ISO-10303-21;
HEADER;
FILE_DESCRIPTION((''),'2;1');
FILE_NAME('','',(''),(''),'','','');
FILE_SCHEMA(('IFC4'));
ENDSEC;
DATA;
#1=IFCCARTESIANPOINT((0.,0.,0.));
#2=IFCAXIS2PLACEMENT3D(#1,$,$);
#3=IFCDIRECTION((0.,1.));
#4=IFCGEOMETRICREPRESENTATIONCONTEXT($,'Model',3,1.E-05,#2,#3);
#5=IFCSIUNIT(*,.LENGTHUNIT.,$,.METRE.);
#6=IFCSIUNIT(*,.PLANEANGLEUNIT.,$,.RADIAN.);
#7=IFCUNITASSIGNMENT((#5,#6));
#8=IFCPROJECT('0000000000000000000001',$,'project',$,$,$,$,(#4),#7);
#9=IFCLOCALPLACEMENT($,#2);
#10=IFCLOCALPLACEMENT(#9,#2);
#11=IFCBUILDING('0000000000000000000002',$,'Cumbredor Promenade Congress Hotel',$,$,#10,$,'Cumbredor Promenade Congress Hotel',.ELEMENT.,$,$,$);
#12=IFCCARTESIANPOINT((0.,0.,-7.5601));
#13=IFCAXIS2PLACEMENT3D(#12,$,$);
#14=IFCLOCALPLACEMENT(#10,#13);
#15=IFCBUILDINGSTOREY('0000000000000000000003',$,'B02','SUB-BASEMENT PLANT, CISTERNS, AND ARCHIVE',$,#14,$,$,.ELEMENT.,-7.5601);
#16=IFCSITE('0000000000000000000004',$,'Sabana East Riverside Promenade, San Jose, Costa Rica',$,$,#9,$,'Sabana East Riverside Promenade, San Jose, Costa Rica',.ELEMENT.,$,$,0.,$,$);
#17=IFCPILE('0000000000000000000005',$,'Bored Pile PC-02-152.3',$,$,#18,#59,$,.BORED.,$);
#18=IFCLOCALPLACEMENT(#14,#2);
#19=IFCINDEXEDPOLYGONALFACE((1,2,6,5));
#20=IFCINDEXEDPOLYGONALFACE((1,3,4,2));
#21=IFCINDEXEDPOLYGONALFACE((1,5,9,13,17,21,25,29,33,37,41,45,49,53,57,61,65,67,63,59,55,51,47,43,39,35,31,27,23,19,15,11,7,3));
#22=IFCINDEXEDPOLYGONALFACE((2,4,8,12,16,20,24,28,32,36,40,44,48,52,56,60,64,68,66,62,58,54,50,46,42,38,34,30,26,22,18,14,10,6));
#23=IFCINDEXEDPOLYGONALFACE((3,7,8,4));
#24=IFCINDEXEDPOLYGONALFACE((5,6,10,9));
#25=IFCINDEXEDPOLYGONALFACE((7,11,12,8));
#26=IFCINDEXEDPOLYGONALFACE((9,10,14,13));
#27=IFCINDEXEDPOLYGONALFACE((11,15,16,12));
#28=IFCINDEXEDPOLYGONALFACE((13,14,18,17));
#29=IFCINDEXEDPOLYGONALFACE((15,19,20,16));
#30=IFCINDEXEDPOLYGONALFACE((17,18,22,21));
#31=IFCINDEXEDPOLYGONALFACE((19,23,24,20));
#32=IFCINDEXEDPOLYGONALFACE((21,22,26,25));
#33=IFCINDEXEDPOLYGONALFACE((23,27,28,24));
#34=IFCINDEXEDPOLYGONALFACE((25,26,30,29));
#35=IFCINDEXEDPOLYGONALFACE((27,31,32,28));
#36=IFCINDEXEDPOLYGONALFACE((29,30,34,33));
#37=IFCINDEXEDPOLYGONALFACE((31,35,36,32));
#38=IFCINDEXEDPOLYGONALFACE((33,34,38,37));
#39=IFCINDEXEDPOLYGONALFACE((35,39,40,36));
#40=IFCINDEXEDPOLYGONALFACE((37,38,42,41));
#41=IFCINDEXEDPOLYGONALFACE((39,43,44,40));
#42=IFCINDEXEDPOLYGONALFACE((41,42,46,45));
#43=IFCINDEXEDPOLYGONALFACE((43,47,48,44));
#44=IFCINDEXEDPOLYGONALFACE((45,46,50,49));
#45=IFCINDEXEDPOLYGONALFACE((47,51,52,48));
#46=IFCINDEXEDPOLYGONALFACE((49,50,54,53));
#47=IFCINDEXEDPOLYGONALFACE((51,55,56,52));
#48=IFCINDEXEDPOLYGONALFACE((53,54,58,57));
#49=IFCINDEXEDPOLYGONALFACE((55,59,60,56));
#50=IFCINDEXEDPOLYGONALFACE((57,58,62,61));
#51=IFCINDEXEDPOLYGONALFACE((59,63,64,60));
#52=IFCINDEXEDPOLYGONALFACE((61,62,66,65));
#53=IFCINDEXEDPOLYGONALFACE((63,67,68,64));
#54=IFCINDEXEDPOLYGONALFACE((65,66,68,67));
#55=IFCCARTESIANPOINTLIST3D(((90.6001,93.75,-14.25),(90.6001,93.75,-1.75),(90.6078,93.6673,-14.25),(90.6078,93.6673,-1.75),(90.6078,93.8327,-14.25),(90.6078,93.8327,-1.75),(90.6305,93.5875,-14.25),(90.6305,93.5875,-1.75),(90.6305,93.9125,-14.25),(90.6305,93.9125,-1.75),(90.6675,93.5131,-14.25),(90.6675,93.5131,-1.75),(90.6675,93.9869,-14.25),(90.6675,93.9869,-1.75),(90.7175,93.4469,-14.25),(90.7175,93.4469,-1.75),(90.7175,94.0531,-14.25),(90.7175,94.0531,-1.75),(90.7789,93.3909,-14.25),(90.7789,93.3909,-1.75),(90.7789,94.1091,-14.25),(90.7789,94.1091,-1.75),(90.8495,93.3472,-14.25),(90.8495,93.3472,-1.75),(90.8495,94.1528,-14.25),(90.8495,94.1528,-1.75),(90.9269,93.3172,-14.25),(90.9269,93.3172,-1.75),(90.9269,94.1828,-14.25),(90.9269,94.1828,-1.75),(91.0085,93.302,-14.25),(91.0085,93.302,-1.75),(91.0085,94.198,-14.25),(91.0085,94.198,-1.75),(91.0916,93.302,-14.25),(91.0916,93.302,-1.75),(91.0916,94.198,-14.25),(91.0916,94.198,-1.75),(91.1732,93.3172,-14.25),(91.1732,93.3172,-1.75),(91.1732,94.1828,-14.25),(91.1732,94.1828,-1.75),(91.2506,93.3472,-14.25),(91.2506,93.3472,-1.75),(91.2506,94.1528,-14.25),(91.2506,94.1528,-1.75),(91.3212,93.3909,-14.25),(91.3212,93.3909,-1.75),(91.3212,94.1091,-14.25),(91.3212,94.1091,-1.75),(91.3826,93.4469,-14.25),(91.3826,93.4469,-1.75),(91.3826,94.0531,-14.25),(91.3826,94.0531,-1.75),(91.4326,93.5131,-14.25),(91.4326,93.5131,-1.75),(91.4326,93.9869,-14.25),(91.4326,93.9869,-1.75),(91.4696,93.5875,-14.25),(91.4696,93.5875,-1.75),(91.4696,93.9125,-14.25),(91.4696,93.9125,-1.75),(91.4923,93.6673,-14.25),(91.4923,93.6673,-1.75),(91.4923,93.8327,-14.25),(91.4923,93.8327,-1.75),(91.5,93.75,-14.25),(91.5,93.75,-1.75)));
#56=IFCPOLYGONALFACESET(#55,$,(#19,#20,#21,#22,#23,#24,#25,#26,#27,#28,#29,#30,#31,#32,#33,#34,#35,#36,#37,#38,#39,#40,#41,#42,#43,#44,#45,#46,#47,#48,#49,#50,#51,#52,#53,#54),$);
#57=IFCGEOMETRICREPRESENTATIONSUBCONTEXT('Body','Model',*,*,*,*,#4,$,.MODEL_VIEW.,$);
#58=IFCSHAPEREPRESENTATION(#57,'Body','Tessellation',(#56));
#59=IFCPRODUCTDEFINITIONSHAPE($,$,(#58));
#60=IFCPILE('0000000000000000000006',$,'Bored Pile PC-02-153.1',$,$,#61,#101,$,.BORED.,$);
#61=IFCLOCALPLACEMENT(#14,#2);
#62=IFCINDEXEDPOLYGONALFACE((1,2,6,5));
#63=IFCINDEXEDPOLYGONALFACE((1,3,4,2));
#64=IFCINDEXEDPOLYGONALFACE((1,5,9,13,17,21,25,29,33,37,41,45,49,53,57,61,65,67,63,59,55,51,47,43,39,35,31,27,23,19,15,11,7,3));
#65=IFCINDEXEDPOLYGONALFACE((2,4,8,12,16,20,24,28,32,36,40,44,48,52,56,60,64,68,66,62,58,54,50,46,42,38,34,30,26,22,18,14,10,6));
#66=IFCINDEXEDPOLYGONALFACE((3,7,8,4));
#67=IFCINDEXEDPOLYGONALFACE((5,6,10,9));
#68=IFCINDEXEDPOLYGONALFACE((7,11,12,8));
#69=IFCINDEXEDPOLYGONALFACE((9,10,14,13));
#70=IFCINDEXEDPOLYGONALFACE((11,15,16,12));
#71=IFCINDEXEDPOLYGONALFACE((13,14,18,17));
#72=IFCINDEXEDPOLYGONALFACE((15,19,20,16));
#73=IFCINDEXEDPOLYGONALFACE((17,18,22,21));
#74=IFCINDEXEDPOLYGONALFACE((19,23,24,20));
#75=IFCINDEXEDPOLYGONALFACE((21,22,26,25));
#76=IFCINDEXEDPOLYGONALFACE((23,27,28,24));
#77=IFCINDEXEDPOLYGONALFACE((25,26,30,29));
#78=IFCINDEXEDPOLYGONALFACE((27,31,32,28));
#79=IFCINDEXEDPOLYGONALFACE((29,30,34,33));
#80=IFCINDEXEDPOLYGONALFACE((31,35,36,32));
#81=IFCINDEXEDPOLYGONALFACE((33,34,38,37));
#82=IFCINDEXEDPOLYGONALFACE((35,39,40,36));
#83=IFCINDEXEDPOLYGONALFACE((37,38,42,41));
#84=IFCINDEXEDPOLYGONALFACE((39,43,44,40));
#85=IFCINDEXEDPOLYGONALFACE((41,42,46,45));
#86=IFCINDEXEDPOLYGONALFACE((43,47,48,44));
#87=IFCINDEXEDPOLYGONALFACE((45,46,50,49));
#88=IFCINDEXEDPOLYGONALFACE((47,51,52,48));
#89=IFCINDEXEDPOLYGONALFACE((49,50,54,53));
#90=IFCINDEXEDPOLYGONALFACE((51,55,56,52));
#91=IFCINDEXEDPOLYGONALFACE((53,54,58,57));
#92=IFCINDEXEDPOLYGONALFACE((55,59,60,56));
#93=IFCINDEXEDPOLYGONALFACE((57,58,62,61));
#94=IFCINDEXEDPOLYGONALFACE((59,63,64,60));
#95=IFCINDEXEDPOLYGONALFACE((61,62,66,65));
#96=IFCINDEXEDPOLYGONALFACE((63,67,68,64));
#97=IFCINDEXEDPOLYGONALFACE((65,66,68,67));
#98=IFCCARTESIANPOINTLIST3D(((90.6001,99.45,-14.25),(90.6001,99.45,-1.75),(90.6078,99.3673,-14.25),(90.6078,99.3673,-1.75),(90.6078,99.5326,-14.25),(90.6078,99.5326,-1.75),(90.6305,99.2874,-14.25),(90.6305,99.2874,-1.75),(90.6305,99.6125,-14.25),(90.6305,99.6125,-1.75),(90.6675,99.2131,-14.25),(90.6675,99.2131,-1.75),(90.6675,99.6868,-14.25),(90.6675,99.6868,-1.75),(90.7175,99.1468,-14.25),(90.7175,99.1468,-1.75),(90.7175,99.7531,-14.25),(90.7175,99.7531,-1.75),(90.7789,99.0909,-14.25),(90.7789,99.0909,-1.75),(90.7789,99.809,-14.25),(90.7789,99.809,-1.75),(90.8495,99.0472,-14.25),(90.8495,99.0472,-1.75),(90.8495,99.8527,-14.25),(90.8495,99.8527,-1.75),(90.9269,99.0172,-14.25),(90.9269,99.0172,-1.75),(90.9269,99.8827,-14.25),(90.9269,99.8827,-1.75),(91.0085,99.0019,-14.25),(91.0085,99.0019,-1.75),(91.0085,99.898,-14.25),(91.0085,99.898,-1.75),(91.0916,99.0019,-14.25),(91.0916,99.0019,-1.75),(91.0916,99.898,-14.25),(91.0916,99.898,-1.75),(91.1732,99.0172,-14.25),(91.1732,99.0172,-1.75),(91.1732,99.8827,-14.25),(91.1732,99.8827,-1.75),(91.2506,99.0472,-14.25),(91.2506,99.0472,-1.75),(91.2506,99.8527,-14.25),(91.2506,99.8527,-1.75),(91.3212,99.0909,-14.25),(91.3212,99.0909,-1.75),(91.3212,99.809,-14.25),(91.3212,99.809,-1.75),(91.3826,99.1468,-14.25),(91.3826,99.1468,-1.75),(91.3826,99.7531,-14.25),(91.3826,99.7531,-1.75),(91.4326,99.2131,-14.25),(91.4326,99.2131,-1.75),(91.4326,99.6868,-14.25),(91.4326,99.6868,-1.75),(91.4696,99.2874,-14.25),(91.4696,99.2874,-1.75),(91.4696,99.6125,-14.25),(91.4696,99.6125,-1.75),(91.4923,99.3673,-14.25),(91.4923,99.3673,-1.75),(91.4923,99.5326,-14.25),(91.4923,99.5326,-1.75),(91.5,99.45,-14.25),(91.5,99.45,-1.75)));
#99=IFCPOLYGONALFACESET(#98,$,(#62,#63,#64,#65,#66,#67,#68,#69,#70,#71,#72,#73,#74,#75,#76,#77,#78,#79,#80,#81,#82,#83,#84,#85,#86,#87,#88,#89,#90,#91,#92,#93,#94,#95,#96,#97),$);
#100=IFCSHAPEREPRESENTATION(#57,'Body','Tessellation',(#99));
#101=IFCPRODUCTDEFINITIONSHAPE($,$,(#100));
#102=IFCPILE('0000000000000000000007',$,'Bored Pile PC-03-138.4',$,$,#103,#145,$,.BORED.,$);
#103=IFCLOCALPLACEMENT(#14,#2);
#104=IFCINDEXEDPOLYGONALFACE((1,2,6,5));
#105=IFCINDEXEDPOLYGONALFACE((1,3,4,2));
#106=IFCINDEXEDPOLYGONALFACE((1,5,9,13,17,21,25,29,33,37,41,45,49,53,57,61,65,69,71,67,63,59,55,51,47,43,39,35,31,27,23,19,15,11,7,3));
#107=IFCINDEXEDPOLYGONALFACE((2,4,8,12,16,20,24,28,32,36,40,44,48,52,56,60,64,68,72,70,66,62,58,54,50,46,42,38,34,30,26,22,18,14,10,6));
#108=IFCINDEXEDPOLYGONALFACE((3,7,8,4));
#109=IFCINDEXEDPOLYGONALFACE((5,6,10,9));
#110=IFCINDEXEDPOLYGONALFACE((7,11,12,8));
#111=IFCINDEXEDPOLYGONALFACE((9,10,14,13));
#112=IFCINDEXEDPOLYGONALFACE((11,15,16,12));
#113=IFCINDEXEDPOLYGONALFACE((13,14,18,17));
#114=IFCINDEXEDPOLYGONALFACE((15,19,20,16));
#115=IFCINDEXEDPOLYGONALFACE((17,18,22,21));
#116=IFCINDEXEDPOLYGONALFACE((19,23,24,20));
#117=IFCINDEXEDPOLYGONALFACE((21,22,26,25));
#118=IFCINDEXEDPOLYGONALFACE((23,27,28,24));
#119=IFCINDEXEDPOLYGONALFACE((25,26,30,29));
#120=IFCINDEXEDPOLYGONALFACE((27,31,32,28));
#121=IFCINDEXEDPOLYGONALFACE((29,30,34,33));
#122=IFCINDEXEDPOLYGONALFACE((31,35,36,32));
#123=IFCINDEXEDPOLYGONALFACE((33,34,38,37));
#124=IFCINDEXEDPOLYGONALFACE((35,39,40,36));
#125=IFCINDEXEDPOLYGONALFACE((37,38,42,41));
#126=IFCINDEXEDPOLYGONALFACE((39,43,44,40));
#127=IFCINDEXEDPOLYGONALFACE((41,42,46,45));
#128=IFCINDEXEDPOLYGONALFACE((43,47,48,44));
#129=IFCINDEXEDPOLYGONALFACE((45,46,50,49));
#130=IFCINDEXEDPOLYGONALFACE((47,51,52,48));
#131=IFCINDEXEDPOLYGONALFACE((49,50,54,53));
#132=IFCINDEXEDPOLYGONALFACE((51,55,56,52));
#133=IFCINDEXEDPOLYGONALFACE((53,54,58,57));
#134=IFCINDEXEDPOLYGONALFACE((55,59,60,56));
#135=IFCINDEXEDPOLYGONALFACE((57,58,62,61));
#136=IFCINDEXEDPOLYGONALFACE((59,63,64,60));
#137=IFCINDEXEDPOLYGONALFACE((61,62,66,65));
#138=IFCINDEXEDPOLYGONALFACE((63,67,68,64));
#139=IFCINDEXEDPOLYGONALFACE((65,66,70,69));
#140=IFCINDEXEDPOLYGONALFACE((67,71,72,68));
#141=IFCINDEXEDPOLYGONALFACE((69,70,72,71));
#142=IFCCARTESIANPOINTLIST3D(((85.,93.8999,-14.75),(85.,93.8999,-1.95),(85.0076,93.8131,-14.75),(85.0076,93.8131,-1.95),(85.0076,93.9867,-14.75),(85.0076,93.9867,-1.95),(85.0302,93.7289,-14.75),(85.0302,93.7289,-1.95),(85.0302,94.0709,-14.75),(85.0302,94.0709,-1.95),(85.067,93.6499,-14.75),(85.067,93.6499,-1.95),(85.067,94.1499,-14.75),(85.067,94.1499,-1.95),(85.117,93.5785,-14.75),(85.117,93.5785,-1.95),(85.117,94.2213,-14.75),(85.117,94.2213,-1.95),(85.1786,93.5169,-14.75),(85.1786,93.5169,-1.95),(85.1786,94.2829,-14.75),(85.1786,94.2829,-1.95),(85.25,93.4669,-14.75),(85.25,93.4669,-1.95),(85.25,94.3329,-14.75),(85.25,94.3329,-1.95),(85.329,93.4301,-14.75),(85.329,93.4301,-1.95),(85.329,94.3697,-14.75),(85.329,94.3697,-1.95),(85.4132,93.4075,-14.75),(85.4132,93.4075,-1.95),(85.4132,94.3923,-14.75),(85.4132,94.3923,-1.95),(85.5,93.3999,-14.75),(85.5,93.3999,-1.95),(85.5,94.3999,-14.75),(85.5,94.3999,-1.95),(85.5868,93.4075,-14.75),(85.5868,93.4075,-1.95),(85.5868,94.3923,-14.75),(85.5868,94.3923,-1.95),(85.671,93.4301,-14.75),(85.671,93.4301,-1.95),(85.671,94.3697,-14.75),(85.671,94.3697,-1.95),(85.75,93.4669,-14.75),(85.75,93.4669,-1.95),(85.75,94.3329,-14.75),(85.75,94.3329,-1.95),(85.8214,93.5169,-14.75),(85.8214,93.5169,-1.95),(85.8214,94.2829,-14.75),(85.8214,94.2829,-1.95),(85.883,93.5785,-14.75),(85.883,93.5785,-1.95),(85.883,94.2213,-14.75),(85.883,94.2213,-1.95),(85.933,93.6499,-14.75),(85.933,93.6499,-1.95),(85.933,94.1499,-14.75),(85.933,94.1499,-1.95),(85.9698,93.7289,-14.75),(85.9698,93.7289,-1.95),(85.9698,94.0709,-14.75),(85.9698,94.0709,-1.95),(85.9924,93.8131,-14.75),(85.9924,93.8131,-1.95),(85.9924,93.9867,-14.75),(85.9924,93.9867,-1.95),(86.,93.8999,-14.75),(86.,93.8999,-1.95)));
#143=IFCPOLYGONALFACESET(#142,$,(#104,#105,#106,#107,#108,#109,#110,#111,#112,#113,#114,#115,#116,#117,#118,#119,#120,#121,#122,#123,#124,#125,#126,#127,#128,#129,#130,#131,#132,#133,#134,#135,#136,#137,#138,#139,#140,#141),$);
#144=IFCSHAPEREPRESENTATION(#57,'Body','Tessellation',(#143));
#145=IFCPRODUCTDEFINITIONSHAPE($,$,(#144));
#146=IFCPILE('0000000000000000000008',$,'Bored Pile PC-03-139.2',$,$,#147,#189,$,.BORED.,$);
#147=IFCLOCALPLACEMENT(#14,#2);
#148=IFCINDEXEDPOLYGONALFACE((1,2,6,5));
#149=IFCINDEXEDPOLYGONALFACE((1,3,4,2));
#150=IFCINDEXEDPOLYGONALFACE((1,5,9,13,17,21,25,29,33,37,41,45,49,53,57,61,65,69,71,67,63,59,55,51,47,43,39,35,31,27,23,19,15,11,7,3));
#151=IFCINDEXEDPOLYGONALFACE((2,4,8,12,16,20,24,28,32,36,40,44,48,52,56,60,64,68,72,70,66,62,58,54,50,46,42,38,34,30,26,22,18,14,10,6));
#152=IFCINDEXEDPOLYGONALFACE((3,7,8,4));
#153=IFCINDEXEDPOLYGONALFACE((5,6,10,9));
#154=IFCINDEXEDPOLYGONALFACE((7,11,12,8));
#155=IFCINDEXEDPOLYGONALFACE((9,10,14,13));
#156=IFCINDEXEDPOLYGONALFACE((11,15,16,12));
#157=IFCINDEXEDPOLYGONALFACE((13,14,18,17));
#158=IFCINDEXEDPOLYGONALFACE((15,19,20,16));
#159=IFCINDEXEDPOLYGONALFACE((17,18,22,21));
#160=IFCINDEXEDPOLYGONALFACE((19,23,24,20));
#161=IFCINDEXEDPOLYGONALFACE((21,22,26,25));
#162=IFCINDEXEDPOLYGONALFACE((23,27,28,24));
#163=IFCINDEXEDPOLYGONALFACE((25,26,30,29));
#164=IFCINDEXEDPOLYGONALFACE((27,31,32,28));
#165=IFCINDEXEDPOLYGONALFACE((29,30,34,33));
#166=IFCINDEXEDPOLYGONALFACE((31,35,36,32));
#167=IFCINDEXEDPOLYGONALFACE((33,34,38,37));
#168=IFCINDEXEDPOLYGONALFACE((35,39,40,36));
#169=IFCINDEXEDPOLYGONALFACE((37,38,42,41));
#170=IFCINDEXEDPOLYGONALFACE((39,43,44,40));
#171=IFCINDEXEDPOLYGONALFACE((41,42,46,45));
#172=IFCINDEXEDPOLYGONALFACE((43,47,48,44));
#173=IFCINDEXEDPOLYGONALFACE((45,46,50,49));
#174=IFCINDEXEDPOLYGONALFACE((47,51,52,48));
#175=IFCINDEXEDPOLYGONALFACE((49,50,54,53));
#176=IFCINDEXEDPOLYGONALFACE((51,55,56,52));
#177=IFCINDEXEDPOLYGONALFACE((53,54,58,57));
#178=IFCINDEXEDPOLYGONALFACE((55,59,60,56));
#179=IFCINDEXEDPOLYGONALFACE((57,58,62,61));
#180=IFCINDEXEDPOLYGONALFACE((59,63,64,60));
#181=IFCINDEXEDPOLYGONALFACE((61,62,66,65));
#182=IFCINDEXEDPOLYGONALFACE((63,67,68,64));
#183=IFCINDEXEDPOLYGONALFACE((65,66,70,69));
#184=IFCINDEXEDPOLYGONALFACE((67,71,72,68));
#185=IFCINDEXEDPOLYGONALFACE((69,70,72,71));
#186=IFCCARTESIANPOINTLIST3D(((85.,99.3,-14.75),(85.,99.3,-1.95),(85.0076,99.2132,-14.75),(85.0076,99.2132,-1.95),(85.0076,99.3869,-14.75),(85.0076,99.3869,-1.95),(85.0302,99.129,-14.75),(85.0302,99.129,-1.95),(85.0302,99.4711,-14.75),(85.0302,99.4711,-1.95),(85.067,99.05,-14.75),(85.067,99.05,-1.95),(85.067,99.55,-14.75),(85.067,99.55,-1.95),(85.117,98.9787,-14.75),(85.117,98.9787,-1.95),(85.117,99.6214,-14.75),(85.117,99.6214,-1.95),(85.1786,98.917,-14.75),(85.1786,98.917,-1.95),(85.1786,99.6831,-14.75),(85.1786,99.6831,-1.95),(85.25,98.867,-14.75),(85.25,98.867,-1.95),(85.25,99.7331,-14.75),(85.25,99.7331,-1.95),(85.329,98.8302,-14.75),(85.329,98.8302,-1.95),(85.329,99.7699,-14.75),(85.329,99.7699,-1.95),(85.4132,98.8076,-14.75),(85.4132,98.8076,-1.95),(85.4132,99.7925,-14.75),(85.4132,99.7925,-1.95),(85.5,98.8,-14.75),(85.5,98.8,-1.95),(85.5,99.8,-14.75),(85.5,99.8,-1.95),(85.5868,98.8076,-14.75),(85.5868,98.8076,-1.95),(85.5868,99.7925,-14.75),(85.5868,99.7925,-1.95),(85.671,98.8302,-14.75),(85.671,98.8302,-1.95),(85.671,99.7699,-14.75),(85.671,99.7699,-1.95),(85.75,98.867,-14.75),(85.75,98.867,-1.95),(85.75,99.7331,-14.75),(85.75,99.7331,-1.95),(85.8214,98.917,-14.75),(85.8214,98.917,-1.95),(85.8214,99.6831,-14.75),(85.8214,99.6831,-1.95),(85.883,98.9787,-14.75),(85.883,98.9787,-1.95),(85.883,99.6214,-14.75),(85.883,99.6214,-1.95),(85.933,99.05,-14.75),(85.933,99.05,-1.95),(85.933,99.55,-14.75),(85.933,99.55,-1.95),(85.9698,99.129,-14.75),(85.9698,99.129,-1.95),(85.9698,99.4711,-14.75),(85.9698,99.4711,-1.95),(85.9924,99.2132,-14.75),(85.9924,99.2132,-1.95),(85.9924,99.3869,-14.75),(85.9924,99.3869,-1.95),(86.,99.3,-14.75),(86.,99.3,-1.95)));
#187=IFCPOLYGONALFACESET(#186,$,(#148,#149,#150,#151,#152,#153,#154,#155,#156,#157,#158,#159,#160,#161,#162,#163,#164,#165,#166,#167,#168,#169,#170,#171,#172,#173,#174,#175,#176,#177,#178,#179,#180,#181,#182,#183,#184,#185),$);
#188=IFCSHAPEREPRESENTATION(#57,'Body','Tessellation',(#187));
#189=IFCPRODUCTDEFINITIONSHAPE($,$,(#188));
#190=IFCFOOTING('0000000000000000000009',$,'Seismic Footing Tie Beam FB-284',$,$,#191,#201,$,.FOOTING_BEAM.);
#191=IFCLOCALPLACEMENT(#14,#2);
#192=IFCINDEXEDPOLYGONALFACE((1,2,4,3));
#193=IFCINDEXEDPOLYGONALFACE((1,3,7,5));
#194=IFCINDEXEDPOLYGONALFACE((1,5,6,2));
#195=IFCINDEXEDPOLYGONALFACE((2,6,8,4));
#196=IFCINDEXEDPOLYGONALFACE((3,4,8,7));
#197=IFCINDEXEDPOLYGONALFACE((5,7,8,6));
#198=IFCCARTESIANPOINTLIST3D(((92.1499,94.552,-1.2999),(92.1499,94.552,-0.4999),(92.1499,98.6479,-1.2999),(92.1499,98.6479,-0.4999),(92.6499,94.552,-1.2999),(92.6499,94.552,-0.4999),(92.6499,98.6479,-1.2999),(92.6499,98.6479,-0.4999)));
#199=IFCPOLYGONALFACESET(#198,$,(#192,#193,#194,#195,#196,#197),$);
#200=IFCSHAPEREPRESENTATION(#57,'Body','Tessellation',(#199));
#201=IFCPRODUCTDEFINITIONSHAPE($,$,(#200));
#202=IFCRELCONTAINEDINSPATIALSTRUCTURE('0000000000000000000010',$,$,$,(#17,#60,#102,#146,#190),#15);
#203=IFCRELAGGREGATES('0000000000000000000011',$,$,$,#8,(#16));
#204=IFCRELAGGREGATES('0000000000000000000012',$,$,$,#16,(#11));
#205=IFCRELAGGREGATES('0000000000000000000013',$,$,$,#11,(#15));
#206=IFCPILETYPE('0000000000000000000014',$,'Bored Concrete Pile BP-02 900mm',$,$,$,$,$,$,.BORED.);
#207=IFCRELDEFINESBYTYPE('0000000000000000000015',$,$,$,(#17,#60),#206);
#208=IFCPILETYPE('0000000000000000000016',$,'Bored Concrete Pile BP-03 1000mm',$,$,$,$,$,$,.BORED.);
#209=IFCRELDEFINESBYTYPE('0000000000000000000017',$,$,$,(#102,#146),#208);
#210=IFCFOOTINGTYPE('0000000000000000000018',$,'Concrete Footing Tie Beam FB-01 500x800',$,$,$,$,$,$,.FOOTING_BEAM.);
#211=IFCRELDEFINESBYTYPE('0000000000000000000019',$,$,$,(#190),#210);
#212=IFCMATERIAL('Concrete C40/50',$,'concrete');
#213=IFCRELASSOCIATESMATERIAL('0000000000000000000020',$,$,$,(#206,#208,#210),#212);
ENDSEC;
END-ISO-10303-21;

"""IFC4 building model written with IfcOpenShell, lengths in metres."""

from ifc_helpers import new_model, si_unit, direction, frame, origin, origin_2d, place, context, subcontext, project, spatial, rectangle, circle, extrude, material, material_profile, profile_set, type_object, element, save


model = new_model("IFC4")

# Units and contexts
model_context = context("Model", 3, precision=1e-05, world=origin(), true_north=direction((0.0, 1.0)))
body_context = subcontext(model_context, "Body", "Model", "MODEL_VIEW")
ifc_project = project(units=[si_unit("LENGTHUNIT", "METRE"), si_unit("PLANEANGLEUNIT", "RADIAN")], contexts=[model_context])

# Site, building, storey
site_placement = place(None, origin())
site = spatial("IfcSite", under=ifc_project, at=site_placement, Name="Sabana East Riverside Promenade, San Jose, Costa Rica", LongName="Sabana East Riverside Promenade, San Jose, Costa Rica", CompositionType="ELEMENT", RefElevation=0.0)
building_placement = place(site_placement, origin())
building = spatial("IfcBuilding", under=site, at=building_placement, Name="Cumbredor Promenade Congress Hotel", LongName="Cumbredor Promenade Congress Hotel", CompositionType="ELEMENT")
storey_placement = place(building_placement, frame((0.0, 0.0, -7.5601)))
storey = spatial("IfcBuildingStorey", under=building, at=storey_placement, Name="B02", Description="SUB-BASEMENT PLANT, CISTERNS, AND ARCHIVE", CompositionType="ELEMENT", Elevation=-7.5601)

# Piles
ifc_material_1 = material(Name="Concrete C40/50", Category="concrete")
ifc_material_profile_1 = material_profile(ifc_material_1, circle(Radius=0.45, at=origin_2d()), Name="PILE D900")
ifc_profile_set_1 = profile_set([ifc_material_profile_1], Name="Concrete C40/50")
pile_type_1 = type_object("IfcPileType", Name="Bored Concrete Pile BP-02 900mm", PredefinedType="BORED", material=ifc_profile_set_1)
for number, where, z_axis, x_axis, name in (
    (1, (91.05, 93.75, -1.75), (0.0, 0.0, -1.0), (1.0, 0.0, 0.0), "Bored Pile PC-02-152.3"),
    (2, (91.05, 99.45, -1.75), (0.0, 0.0, -1.0), (1.0, 0.0, 0.0), "Bored Pile PC-02-153.1"),
):
    element("IfcPile", number, at=place(storey_placement, frame(where, z_axis=z_axis, x_axis=x_axis)), inside=storey, type_object=pile_type_1, Name=name, PredefinedType="BORED", context=body_context, shape_type="SweptSolid", body=[
        extrude(circle(Radius=0.45, at=origin_2d()), origin(), (0.0, 0.0, 1.0), 12.5),
    ])
ifc_material_profile_2 = material_profile(ifc_material_1, circle(Radius=0.5, at=origin_2d()), Name="PILE D1000")
ifc_profile_set_2 = profile_set([ifc_material_profile_2], Name="Concrete C40/50")
pile_type_2 = type_object("IfcPileType", Name="Bored Concrete Pile BP-03 1000mm", PredefinedType="BORED", material=ifc_profile_set_2)
for number, where, z_axis, x_axis, name in (
    (3, (85.5, 93.8999, -1.95), (0.0, 0.0, -1.0), (1.0, 0.0, 0.0), "Bored Pile PC-03-138.4"),
    (4, (85.5, 99.3, -1.95), (0.0, 0.0, -1.0), (1.0, 0.0, 0.0), "Bored Pile PC-03-139.2"),
):
    element("IfcPile", number, at=place(storey_placement, frame(where, z_axis=z_axis, x_axis=x_axis)), inside=storey, type_object=pile_type_2, Name=name, PredefinedType="BORED", context=body_context, shape_type="SweptSolid", body=[
        extrude(circle(Radius=0.5, at=origin_2d()), origin(), (0.0, 0.0, 1.0), 12.8),
    ])

# Footing
ifc_material_profile_3 = material_profile(ifc_material_1, rectangle(XDim=0.5, YDim=0.8, at=origin_2d()), Name="FB 500x800")
ifc_profile_set_3 = profile_set([ifc_material_profile_3], Name="Concrete C40/50")
footing_type_1 = type_object("IfcFootingType", Name="Concrete Footing Tie Beam FB-01 500x800", PredefinedType="FOOTING_BEAM", material=ifc_profile_set_3)
footing_placement = place(storey_placement, frame((92.3999, 94.552, -0.8999), z_axis=(0.0, 1.0, 0.0), x_axis=(-1.0, 0.0, 0.0)))
element("IfcFooting", 5, at=footing_placement, inside=storey, type_object=footing_type_1, Name="Seismic Footing Tie Beam FB-284", PredefinedType="FOOTING_BEAM", context=body_context, shape_type="SweptSolid", body=[
    extrude(rectangle(XDim=0.5, YDim=0.8, at=origin_2d()), origin(), (0.0, 0.0, 1.0), 4.0959),
])

save(model, "model.ifc")
